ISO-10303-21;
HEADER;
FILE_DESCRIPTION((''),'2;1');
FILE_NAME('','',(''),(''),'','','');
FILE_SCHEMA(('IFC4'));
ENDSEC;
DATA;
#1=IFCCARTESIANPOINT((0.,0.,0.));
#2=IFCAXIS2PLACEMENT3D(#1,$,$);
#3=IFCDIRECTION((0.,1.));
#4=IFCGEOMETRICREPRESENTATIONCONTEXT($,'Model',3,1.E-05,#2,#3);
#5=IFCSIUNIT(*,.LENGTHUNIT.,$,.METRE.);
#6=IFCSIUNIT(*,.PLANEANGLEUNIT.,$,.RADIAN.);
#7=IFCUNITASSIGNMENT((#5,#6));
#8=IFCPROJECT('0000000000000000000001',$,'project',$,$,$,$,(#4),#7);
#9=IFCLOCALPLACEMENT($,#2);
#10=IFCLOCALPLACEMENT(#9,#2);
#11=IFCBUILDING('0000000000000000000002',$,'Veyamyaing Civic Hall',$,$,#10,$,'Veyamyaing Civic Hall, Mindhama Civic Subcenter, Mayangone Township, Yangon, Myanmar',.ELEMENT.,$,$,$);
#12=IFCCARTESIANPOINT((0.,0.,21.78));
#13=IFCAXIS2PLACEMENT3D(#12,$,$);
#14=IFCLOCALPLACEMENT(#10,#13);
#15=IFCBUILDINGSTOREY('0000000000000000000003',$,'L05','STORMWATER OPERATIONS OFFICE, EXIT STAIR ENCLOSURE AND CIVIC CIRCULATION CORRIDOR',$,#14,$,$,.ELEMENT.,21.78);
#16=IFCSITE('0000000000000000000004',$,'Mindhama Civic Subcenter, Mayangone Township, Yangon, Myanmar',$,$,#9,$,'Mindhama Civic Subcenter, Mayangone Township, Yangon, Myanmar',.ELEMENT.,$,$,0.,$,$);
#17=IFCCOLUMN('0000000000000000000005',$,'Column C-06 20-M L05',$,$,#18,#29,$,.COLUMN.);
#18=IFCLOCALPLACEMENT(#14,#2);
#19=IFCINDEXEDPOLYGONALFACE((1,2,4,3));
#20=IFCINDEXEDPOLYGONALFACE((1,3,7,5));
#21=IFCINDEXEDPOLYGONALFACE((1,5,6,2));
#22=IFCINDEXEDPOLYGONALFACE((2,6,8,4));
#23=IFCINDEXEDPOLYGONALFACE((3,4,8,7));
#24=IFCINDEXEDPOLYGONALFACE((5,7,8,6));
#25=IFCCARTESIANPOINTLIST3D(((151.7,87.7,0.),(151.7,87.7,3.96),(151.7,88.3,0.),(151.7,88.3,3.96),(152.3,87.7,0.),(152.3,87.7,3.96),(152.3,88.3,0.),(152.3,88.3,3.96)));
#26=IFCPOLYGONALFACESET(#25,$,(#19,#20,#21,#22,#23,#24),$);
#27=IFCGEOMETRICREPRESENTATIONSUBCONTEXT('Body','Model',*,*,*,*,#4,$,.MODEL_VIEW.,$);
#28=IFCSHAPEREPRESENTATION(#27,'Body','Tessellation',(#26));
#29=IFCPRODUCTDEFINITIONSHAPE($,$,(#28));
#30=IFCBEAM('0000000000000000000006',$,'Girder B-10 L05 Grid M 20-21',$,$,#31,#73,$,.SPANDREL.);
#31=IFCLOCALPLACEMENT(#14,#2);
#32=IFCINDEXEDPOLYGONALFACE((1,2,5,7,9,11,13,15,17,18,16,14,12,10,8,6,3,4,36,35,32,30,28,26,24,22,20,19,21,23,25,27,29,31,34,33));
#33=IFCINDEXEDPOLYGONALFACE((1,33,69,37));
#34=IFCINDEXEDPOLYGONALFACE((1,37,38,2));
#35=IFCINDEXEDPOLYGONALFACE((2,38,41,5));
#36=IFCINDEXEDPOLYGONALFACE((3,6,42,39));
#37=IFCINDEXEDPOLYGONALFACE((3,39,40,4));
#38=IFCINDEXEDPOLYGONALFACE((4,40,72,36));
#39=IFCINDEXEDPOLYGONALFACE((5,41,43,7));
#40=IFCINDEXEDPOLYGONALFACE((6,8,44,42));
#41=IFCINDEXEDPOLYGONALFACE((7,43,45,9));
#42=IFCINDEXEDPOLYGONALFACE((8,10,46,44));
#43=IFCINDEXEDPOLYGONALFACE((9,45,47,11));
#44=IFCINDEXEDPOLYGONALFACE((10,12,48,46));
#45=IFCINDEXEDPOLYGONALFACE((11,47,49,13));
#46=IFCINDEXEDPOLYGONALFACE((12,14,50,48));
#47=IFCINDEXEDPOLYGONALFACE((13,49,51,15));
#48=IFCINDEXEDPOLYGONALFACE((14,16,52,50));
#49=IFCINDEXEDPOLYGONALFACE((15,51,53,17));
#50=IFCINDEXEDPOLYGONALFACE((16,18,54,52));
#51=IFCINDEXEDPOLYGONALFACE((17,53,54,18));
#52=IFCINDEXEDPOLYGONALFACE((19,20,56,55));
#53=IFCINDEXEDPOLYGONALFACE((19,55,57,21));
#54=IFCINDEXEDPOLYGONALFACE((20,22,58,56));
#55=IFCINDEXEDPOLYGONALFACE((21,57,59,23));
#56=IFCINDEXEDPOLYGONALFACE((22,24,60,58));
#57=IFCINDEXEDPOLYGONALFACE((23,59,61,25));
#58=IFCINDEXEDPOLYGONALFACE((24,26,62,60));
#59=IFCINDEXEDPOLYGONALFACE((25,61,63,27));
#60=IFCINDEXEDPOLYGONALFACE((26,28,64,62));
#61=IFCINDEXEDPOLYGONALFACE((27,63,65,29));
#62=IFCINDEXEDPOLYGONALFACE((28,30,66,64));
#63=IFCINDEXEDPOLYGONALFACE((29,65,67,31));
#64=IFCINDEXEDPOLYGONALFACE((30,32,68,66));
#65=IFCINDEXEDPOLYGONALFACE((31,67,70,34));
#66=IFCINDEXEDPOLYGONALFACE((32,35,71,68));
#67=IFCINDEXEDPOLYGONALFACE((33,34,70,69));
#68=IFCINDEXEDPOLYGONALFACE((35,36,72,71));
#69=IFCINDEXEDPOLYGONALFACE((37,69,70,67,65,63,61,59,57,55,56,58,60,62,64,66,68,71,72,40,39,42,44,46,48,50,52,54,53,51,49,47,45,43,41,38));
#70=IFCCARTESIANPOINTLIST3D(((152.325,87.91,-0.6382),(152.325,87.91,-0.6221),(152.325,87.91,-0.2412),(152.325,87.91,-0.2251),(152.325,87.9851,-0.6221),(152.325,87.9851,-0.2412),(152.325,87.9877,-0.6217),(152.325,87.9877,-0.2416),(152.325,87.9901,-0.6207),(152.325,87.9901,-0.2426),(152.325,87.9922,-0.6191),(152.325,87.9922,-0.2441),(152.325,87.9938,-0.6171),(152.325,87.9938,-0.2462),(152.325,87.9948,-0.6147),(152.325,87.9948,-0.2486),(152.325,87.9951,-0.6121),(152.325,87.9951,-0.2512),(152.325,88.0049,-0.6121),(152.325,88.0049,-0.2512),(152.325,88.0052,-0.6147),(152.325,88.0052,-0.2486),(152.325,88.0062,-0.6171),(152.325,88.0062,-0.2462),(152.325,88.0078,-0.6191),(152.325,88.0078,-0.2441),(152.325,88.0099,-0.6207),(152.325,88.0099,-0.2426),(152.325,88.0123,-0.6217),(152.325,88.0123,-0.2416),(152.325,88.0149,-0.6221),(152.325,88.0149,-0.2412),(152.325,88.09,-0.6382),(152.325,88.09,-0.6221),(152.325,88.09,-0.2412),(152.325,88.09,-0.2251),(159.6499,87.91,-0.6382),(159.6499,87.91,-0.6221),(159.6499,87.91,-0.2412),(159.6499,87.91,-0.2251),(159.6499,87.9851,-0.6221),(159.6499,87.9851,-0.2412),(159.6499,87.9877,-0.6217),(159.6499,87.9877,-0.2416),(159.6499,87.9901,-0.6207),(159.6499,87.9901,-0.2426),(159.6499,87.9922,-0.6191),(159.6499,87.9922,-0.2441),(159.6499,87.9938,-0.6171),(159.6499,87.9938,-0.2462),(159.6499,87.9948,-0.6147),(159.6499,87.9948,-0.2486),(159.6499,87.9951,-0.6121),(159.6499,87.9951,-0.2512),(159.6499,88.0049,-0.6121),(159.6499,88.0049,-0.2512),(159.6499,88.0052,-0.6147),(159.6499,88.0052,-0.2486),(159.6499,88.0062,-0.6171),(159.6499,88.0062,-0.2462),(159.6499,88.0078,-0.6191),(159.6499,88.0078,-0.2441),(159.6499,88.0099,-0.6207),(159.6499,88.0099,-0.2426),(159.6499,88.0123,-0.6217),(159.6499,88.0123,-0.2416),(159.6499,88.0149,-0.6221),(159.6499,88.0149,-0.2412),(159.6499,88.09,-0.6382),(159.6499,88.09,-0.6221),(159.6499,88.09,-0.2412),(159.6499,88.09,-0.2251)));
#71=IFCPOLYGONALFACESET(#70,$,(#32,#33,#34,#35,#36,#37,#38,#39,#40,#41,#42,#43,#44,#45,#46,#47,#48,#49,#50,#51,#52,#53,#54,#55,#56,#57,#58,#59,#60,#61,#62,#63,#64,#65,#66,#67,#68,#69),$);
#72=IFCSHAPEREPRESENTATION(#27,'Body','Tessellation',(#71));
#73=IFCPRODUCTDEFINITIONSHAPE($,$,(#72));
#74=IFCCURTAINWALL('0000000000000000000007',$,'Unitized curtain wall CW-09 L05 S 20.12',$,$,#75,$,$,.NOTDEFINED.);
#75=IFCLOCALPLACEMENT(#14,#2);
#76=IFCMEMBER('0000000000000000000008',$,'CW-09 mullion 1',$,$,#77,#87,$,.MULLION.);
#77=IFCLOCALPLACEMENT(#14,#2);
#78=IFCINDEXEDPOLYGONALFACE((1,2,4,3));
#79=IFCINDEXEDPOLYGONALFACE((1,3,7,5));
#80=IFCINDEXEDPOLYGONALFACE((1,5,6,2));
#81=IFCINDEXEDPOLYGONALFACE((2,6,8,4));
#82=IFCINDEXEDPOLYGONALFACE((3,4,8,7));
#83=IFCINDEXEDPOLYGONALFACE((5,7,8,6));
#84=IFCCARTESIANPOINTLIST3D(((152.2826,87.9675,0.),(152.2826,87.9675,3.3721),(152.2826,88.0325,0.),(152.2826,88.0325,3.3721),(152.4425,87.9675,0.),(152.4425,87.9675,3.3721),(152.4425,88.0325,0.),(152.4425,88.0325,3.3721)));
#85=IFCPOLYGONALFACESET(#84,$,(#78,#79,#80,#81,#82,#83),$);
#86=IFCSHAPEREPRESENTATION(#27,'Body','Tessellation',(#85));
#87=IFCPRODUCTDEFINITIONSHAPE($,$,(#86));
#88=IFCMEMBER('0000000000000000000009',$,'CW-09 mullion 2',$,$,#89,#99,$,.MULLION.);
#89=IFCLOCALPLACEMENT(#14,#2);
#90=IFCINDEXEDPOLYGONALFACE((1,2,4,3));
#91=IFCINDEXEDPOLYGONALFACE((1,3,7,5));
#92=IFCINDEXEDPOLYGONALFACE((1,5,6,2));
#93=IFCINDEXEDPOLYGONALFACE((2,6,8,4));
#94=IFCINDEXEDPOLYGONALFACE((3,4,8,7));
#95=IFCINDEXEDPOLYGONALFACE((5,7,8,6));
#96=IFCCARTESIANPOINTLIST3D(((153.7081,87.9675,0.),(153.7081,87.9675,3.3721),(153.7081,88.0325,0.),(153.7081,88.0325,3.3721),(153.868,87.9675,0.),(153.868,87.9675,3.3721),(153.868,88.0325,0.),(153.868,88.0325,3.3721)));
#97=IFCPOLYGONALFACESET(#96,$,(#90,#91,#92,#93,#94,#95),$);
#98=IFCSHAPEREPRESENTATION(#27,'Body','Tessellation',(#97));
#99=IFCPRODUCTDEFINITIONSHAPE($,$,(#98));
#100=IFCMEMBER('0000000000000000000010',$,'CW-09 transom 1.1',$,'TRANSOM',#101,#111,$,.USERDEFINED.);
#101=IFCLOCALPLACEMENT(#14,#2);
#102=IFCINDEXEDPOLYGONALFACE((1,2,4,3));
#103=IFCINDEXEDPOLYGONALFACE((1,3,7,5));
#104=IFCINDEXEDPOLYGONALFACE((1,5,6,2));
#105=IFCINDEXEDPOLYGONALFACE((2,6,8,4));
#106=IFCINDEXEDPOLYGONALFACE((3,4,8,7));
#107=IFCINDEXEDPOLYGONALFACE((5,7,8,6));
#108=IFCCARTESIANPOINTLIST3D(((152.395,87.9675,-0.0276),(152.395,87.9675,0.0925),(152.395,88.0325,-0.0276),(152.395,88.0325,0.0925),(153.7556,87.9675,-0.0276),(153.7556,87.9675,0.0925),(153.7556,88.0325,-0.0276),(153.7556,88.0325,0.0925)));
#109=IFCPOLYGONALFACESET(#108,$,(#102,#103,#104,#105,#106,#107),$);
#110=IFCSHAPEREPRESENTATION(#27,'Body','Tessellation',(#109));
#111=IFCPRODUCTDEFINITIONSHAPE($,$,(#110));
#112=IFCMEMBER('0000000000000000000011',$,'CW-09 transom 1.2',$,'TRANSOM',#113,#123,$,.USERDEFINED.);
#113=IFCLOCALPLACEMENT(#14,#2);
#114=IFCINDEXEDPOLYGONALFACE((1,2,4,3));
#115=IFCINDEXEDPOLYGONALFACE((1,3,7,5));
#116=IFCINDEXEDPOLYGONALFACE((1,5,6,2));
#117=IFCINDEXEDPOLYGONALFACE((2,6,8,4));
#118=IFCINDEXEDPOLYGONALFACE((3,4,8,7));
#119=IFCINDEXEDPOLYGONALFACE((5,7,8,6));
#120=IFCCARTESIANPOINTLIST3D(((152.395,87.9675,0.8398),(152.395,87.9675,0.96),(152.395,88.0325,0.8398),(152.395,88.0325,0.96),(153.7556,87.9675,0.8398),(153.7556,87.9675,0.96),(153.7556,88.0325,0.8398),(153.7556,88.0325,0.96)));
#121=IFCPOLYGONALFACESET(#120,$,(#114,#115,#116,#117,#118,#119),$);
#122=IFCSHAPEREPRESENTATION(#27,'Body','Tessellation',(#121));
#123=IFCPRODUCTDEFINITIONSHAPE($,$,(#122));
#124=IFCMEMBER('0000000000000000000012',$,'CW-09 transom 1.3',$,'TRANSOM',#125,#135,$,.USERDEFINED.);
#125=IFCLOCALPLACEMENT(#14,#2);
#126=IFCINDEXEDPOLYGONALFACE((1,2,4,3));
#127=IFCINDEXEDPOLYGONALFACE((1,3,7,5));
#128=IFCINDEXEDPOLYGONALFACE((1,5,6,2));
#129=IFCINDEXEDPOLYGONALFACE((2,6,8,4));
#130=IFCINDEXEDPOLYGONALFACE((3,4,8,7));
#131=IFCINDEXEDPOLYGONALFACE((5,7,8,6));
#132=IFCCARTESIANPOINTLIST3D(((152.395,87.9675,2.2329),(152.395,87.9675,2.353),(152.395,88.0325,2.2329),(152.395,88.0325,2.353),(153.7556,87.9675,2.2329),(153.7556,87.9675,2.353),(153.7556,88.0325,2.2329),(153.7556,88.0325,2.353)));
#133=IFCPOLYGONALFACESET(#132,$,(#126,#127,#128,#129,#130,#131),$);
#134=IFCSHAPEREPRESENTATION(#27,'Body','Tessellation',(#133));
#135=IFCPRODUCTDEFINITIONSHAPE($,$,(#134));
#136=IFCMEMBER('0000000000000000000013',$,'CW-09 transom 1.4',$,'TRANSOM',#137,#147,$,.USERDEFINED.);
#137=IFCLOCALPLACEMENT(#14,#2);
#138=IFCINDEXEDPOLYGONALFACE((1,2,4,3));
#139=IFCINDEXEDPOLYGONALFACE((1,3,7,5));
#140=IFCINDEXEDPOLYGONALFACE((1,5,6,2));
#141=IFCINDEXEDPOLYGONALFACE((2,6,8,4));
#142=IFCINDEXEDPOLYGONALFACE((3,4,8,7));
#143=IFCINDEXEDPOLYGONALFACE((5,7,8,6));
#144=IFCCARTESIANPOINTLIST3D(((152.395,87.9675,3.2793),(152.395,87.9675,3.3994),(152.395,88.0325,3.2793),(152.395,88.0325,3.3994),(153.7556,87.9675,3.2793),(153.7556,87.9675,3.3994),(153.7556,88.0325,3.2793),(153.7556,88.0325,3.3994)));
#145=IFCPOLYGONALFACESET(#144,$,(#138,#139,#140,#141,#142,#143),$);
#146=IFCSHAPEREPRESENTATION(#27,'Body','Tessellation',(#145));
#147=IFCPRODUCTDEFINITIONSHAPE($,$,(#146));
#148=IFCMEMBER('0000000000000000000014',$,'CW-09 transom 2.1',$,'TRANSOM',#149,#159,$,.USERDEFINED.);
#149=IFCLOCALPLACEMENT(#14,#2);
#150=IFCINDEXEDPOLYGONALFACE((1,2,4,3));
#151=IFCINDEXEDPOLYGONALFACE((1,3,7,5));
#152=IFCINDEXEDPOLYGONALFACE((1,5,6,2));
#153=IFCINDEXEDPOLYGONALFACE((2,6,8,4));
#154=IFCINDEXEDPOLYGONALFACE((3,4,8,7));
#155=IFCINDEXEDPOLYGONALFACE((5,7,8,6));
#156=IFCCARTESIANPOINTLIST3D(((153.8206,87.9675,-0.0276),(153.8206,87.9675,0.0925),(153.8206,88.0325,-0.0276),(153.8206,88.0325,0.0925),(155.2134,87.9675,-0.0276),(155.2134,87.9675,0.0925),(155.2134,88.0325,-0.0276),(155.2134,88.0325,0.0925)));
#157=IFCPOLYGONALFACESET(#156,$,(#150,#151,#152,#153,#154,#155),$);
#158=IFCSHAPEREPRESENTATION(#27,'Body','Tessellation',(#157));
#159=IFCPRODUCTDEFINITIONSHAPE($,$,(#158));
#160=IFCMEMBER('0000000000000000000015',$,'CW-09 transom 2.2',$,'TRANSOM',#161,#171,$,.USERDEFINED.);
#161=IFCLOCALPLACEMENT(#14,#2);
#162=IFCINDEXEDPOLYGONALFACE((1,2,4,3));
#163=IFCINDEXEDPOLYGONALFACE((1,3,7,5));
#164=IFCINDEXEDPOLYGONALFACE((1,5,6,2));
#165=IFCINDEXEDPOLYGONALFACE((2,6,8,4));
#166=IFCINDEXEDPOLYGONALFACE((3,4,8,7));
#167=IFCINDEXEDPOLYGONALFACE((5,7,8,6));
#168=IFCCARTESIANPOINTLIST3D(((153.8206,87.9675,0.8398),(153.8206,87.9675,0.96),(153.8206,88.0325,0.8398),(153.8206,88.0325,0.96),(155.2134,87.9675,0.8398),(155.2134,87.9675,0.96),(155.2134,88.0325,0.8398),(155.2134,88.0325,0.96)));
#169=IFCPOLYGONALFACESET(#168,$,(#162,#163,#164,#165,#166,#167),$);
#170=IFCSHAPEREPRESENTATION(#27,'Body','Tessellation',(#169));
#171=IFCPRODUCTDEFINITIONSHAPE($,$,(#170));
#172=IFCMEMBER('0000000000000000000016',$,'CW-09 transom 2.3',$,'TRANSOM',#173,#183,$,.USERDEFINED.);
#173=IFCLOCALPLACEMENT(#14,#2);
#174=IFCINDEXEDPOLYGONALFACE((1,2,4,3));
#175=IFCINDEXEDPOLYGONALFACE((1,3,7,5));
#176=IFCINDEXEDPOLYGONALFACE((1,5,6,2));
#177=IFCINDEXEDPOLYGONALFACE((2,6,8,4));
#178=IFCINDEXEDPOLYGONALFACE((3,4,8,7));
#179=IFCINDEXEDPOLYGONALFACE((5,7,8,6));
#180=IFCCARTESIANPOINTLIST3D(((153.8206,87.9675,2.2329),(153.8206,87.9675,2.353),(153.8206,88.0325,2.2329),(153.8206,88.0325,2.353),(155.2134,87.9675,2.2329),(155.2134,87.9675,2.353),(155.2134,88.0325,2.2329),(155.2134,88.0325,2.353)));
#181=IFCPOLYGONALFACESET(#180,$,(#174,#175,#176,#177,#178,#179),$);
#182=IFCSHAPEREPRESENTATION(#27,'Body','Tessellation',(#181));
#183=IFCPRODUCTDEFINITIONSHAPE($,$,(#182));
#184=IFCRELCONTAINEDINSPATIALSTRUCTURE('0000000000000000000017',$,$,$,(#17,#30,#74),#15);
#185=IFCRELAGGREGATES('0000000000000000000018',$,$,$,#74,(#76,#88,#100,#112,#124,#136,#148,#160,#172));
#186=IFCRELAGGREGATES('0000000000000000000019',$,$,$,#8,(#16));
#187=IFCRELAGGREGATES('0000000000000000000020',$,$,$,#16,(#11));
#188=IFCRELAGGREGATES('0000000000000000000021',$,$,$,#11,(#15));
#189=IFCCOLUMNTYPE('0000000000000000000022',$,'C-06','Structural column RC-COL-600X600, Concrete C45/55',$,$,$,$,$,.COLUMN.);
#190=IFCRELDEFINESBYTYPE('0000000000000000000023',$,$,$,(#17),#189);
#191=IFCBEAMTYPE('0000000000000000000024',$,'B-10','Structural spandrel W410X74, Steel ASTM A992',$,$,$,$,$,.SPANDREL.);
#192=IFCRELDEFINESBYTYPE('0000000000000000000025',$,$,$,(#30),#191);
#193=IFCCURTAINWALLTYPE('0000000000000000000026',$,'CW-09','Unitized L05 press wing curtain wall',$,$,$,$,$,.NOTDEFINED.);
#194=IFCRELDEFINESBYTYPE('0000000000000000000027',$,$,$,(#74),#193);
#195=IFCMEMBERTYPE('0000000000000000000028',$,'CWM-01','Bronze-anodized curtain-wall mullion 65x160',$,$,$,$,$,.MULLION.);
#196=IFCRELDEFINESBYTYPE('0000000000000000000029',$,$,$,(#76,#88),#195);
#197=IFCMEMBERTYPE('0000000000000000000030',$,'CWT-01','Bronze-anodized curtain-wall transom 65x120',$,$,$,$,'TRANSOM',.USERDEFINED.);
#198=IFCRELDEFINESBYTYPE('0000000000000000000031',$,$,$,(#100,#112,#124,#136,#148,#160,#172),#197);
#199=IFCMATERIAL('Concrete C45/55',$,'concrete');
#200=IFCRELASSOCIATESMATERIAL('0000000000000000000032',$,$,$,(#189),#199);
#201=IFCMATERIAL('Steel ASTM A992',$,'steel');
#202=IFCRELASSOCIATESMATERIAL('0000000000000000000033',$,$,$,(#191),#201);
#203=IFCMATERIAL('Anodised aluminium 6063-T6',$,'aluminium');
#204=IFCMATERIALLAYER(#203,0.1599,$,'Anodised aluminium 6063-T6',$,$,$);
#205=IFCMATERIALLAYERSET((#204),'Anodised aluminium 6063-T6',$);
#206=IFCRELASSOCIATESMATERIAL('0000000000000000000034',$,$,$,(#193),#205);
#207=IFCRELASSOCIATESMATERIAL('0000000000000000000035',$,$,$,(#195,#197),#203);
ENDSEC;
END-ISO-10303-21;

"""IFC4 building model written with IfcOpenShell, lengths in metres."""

from ifc_helpers import new_model, si_unit, direction, frame, origin, origin_2d, place, context, subcontext, project, spatial, rectangle, i_section, extrude, material, layer, layer_set, material_profile, profile_set, type_object, element, aggregate, save


model = new_model("IFC4")

# Units and contexts
model_context = context("Model", 3, precision=1e-05, world=origin(), true_north=direction((0.0, 1.0)))
body_context = subcontext(model_context, "Body", "Model", "MODEL_VIEW")
ifc_project = project(units=[si_unit("LENGTHUNIT", "METRE"), si_unit("PLANEANGLEUNIT", "RADIAN")], contexts=[model_context])

# Site, building, storey
site_placement = place(None, origin())
site = spatial("IfcSite", under=ifc_project, at=site_placement, Name="Mindhama Civic Subcenter, Mayangone Township, Yangon, Myanmar", LongName="Mindhama Civic Subcenter, Mayangone Township, Yangon, Myanmar", CompositionType="ELEMENT", RefElevation=0.0)
building_placement = place(site_placement, origin())
building = spatial("IfcBuilding", under=site, at=building_placement, Name="Veyamyaing Civic Hall", LongName="Veyamyaing Civic Hall, Mindhama Civic Subcenter, Mayangone Township, Yangon, Myanmar", CompositionType="ELEMENT")
storey_placement = place(building_placement, frame((0.0, 0.0, 21.78)))
storey = spatial("IfcBuildingStorey", under=building, at=storey_placement, Name="L05", Description="STORMWATER OPERATIONS OFFICE, EXIT STAIR ENCLOSURE AND CIVIC CIRCULATION CORRIDOR", CompositionType="ELEMENT", Elevation=21.78)

# Column
ifc_material_1 = material(Name="Concrete C45/55", Category="concrete")
ifc_material_profile_1 = material_profile(ifc_material_1, rectangle(XDim=0.6001, YDim=0.6001, at=origin_2d()), Name="RC-COL-600X600")
ifc_profile_set_1 = profile_set([ifc_material_profile_1], Name="Concrete C45/55")
column_type = type_object("IfcColumnType", Name="C-06", Description="Structural column RC-COL-600X600, Concrete C45/55", PredefinedType="COLUMN", material=ifc_profile_set_1)
column_placement = place(storey_placement, frame((152.0, 88.0, 0.0), z_axis=(0.0, 0.0, 1.0), x_axis=(1.0, 0.0, 0.0)))
element("IfcColumn", 1, at=column_placement, inside=storey, type_object=column_type, Name="Column C-06 20-M L05", PredefinedType="COLUMN", context=body_context, shape_type="SweptSolid", body=[
    extrude(rectangle(XDim=0.6001, YDim=0.6001, at=origin_2d()), origin(), (0.0, 0.0, 1.0), 3.96),
])

# Beam
ifc_material_2 = material(Name="Steel ASTM A992", Category="steel")
ifc_material_profile_2 = material_profile(ifc_material_2, i_section(OverallWidth=0.1799, OverallDepth=0.4131, WebThickness=0.0098, FlangeThickness=0.0161, FilletRadius=0.01, at=origin_2d()), Name="W410X74")
ifc_profile_set_2 = profile_set([ifc_material_profile_2], Name="Steel ASTM A992")
beam_type = type_object("IfcBeamType", Name="B-10", Description="Structural spandrel W410X74, Steel ASTM A992", PredefinedType="SPANDREL", material=ifc_profile_set_2)
beam_placement = place(storey_placement, frame((152.325, 88.0, -0.4316), z_axis=(1.0, 0.0, 0.0), x_axis=(0.0, 1.0, 0.0)))
element("IfcBeam", 2, at=beam_placement, inside=storey, type_object=beam_type, Name="Girder B-10 L05 Grid M 20-21", PredefinedType="SPANDREL", context=body_context, shape_type="SweptSolid", body=[
    extrude(i_section(OverallWidth=0.1799, OverallDepth=0.4131, WebThickness=0.0098, FlangeThickness=0.0161, FilletRadius=0.01, at=origin_2d()), origin(), (0.0, 0.0, 1.0), 7.325),
])

# Curtain wall, members
ifc_material_3 = material(Name="Anodised aluminium 6063-T6", Category="aluminium")
ifc_layer_1 = layer(ifc_material_3, 0.1599, Name="Anodised aluminium 6063-T6")
ifc_layer_set_1 = layer_set([ifc_layer_1], Name="Anodised aluminium 6063-T6")
curtain_wall_type = type_object("IfcCurtainWallType", Name="CW-09", Description="Unitized L05 press wing curtain wall", PredefinedType="NOTDEFINED", material=ifc_layer_set_1)
curtain_wall_placement = place(storey_placement, origin())
curtain_wall = element("IfcCurtainWall", 3, at=curtain_wall_placement, inside=storey, type_object=curtain_wall_type, Name="Unitized curtain wall CW-09 L05 S 20.12", PredefinedType="NOTDEFINED")
ifc_material_profile_3 = material_profile(ifc_material_3, rectangle(XDim=0.0649, YDim=0.1599, at=origin_2d()), Name="ALU-MUL-65X160")
ifc_profile_set_3 = profile_set([ifc_material_profile_3], Name="Anodised aluminium 6063-T6")
member_type_1 = type_object("IfcMemberType", Name="CWM-01", Description="Bronze-anodized curtain-wall mullion 65x160", PredefinedType="MULLION", material=ifc_profile_set_3)
member_1_placement = place(storey_placement, frame((152.3625, 88.0, 0.0), z_axis=(0.0, 0.0, 1.0), x_axis=(0.0, 1.0, 0.0)))
member_1 = element("IfcMember", 4, at=member_1_placement, type_object=member_type_1, Name="CW-09 mullion 1", PredefinedType="MULLION", context=body_context, shape_type="SweptSolid", body=[
    extrude(rectangle(XDim=0.0649, YDim=0.1599, at=origin_2d()), origin(), (0.0, 0.0, 1.0), 3.3721),
])
member_2_placement = place(storey_placement, frame((153.7881, 88.0, 0.0), z_axis=(0.0, 0.0, 1.0), x_axis=(0.0, 1.0, 0.0)))
member_2 = element("IfcMember", 5, at=member_2_placement, type_object=member_type_1, Name="CW-09 mullion 2", PredefinedType="MULLION", context=body_context, shape_type="SweptSolid", body=[
    extrude(rectangle(XDim=0.0649, YDim=0.1599, at=origin_2d()), origin(), (0.0, 0.0, 1.0), 3.3721),
])
ifc_material_profile_4 = material_profile(ifc_material_3, rectangle(XDim=0.0649, YDim=0.1201, at=origin_2d()), Name="ALU-TRN-65X120")
ifc_profile_set_4 = profile_set([ifc_material_profile_4], Name="Anodised aluminium 6063-T6")
member_type_2 = type_object("IfcMemberType", Name="CWT-01", Description="Bronze-anodized curtain-wall transom 65x120", ElementType="TRANSOM", PredefinedType="USERDEFINED", material=ifc_profile_set_4)
member_3_placement = place(storey_placement, frame((152.395, 88.0, 0.0325), z_axis=(1.0, 0.0, 0.0), x_axis=(0.0, 1.0, 0.0)))
member_3 = element("IfcMember", 6, at=member_3_placement, type_object=member_type_2, Name="CW-09 transom 1.1", ObjectType="TRANSOM", PredefinedType="USERDEFINED", context=body_context, shape_type="SweptSolid", body=[
    extrude(rectangle(XDim=0.0649, YDim=0.1201, at=origin_2d()), origin(), (0.0, 0.0, 1.0), 1.3606),
])
member_4_placement = place(storey_placement, frame((152.395, 88.0, 0.8999), z_axis=(1.0, 0.0, 0.0), x_axis=(0.0, 1.0, 0.0)))
member_4 = element("IfcMember", 7, at=member_4_placement, type_object=member_type_2, Name="CW-09 transom 1.2", ObjectType="TRANSOM", PredefinedType="USERDEFINED", context=body_context, shape_type="SweptSolid", body=[
    extrude(rectangle(XDim=0.0649, YDim=0.1201, at=origin_2d()), origin(), (0.0, 0.0, 1.0), 1.3606),
])
member_5_placement = place(storey_placement, frame((152.395, 88.0, 2.293), z_axis=(1.0, 0.0, 0.0), x_axis=(0.0, 1.0, 0.0)))
member_5 = element("IfcMember", 8, at=member_5_placement, type_object=member_type_2, Name="CW-09 transom 1.3", ObjectType="TRANSOM", PredefinedType="USERDEFINED", context=body_context, shape_type="SweptSolid", body=[
    extrude(rectangle(XDim=0.0649, YDim=0.1201, at=origin_2d()), origin(), (0.0, 0.0, 1.0), 1.3606),
])
member_6_placement = place(storey_placement, frame((152.395, 88.0, 3.3394), z_axis=(1.0, 0.0, 0.0), x_axis=(0.0, 1.0, 0.0)))
member_6 = element("IfcMember", 9, at=member_6_placement, type_object=member_type_2, Name="CW-09 transom 1.4", ObjectType="TRANSOM", PredefinedType="USERDEFINED", context=body_context, shape_type="SweptSolid", body=[
    extrude(rectangle(XDim=0.0649, YDim=0.1201, at=origin_2d()), origin(), (0.0, 0.0, 1.0), 1.3606),
])
member_7_placement = place(storey_placement, frame((153.8206, 88.0, 0.0325), z_axis=(1.0, 0.0, 0.0), x_axis=(0.0, 1.0, 0.0)))
member_7 = element("IfcMember", 10, at=member_7_placement, type_object=member_type_2, Name="CW-09 transom 2.1", ObjectType="TRANSOM", PredefinedType="USERDEFINED", context=body_context, shape_type="SweptSolid", body=[
    extrude(rectangle(XDim=0.0649, YDim=0.1201, at=origin_2d()), origin(), (0.0, 0.0, 1.0), 1.3928),
])
member_8_placement = place(storey_placement, frame((153.8206, 88.0, 0.8999), z_axis=(1.0, 0.0, 0.0), x_axis=(0.0, 1.0, 0.0)))
member_8 = element("IfcMember", 11, at=member_8_placement, type_object=member_type_2, Name="CW-09 transom 2.2", ObjectType="TRANSOM", PredefinedType="USERDEFINED", context=body_context, shape_type="SweptSolid", body=[
    extrude(rectangle(XDim=0.0649, YDim=0.1201, at=origin_2d()), origin(), (0.0, 0.0, 1.0), 1.3928),
])
member_9_placement = place(storey_placement, frame((153.8206, 88.0, 2.293), z_axis=(1.0, 0.0, 0.0), x_axis=(0.0, 1.0, 0.0)))
member_9 = element("IfcMember", 12, at=member_9_placement, type_object=member_type_2, Name="CW-09 transom 2.3", ObjectType="TRANSOM", PredefinedType="USERDEFINED", context=body_context, shape_type="SweptSolid", body=[
    extrude(rectangle(XDim=0.0649, YDim=0.1201, at=origin_2d()), origin(), (0.0, 0.0, 1.0), 1.3928),
])
aggregate(curtain_wall, [member_1, member_2, member_3, member_4, member_5, member_6, member_7, member_8, member_9])

save(model, "model.ifc")
